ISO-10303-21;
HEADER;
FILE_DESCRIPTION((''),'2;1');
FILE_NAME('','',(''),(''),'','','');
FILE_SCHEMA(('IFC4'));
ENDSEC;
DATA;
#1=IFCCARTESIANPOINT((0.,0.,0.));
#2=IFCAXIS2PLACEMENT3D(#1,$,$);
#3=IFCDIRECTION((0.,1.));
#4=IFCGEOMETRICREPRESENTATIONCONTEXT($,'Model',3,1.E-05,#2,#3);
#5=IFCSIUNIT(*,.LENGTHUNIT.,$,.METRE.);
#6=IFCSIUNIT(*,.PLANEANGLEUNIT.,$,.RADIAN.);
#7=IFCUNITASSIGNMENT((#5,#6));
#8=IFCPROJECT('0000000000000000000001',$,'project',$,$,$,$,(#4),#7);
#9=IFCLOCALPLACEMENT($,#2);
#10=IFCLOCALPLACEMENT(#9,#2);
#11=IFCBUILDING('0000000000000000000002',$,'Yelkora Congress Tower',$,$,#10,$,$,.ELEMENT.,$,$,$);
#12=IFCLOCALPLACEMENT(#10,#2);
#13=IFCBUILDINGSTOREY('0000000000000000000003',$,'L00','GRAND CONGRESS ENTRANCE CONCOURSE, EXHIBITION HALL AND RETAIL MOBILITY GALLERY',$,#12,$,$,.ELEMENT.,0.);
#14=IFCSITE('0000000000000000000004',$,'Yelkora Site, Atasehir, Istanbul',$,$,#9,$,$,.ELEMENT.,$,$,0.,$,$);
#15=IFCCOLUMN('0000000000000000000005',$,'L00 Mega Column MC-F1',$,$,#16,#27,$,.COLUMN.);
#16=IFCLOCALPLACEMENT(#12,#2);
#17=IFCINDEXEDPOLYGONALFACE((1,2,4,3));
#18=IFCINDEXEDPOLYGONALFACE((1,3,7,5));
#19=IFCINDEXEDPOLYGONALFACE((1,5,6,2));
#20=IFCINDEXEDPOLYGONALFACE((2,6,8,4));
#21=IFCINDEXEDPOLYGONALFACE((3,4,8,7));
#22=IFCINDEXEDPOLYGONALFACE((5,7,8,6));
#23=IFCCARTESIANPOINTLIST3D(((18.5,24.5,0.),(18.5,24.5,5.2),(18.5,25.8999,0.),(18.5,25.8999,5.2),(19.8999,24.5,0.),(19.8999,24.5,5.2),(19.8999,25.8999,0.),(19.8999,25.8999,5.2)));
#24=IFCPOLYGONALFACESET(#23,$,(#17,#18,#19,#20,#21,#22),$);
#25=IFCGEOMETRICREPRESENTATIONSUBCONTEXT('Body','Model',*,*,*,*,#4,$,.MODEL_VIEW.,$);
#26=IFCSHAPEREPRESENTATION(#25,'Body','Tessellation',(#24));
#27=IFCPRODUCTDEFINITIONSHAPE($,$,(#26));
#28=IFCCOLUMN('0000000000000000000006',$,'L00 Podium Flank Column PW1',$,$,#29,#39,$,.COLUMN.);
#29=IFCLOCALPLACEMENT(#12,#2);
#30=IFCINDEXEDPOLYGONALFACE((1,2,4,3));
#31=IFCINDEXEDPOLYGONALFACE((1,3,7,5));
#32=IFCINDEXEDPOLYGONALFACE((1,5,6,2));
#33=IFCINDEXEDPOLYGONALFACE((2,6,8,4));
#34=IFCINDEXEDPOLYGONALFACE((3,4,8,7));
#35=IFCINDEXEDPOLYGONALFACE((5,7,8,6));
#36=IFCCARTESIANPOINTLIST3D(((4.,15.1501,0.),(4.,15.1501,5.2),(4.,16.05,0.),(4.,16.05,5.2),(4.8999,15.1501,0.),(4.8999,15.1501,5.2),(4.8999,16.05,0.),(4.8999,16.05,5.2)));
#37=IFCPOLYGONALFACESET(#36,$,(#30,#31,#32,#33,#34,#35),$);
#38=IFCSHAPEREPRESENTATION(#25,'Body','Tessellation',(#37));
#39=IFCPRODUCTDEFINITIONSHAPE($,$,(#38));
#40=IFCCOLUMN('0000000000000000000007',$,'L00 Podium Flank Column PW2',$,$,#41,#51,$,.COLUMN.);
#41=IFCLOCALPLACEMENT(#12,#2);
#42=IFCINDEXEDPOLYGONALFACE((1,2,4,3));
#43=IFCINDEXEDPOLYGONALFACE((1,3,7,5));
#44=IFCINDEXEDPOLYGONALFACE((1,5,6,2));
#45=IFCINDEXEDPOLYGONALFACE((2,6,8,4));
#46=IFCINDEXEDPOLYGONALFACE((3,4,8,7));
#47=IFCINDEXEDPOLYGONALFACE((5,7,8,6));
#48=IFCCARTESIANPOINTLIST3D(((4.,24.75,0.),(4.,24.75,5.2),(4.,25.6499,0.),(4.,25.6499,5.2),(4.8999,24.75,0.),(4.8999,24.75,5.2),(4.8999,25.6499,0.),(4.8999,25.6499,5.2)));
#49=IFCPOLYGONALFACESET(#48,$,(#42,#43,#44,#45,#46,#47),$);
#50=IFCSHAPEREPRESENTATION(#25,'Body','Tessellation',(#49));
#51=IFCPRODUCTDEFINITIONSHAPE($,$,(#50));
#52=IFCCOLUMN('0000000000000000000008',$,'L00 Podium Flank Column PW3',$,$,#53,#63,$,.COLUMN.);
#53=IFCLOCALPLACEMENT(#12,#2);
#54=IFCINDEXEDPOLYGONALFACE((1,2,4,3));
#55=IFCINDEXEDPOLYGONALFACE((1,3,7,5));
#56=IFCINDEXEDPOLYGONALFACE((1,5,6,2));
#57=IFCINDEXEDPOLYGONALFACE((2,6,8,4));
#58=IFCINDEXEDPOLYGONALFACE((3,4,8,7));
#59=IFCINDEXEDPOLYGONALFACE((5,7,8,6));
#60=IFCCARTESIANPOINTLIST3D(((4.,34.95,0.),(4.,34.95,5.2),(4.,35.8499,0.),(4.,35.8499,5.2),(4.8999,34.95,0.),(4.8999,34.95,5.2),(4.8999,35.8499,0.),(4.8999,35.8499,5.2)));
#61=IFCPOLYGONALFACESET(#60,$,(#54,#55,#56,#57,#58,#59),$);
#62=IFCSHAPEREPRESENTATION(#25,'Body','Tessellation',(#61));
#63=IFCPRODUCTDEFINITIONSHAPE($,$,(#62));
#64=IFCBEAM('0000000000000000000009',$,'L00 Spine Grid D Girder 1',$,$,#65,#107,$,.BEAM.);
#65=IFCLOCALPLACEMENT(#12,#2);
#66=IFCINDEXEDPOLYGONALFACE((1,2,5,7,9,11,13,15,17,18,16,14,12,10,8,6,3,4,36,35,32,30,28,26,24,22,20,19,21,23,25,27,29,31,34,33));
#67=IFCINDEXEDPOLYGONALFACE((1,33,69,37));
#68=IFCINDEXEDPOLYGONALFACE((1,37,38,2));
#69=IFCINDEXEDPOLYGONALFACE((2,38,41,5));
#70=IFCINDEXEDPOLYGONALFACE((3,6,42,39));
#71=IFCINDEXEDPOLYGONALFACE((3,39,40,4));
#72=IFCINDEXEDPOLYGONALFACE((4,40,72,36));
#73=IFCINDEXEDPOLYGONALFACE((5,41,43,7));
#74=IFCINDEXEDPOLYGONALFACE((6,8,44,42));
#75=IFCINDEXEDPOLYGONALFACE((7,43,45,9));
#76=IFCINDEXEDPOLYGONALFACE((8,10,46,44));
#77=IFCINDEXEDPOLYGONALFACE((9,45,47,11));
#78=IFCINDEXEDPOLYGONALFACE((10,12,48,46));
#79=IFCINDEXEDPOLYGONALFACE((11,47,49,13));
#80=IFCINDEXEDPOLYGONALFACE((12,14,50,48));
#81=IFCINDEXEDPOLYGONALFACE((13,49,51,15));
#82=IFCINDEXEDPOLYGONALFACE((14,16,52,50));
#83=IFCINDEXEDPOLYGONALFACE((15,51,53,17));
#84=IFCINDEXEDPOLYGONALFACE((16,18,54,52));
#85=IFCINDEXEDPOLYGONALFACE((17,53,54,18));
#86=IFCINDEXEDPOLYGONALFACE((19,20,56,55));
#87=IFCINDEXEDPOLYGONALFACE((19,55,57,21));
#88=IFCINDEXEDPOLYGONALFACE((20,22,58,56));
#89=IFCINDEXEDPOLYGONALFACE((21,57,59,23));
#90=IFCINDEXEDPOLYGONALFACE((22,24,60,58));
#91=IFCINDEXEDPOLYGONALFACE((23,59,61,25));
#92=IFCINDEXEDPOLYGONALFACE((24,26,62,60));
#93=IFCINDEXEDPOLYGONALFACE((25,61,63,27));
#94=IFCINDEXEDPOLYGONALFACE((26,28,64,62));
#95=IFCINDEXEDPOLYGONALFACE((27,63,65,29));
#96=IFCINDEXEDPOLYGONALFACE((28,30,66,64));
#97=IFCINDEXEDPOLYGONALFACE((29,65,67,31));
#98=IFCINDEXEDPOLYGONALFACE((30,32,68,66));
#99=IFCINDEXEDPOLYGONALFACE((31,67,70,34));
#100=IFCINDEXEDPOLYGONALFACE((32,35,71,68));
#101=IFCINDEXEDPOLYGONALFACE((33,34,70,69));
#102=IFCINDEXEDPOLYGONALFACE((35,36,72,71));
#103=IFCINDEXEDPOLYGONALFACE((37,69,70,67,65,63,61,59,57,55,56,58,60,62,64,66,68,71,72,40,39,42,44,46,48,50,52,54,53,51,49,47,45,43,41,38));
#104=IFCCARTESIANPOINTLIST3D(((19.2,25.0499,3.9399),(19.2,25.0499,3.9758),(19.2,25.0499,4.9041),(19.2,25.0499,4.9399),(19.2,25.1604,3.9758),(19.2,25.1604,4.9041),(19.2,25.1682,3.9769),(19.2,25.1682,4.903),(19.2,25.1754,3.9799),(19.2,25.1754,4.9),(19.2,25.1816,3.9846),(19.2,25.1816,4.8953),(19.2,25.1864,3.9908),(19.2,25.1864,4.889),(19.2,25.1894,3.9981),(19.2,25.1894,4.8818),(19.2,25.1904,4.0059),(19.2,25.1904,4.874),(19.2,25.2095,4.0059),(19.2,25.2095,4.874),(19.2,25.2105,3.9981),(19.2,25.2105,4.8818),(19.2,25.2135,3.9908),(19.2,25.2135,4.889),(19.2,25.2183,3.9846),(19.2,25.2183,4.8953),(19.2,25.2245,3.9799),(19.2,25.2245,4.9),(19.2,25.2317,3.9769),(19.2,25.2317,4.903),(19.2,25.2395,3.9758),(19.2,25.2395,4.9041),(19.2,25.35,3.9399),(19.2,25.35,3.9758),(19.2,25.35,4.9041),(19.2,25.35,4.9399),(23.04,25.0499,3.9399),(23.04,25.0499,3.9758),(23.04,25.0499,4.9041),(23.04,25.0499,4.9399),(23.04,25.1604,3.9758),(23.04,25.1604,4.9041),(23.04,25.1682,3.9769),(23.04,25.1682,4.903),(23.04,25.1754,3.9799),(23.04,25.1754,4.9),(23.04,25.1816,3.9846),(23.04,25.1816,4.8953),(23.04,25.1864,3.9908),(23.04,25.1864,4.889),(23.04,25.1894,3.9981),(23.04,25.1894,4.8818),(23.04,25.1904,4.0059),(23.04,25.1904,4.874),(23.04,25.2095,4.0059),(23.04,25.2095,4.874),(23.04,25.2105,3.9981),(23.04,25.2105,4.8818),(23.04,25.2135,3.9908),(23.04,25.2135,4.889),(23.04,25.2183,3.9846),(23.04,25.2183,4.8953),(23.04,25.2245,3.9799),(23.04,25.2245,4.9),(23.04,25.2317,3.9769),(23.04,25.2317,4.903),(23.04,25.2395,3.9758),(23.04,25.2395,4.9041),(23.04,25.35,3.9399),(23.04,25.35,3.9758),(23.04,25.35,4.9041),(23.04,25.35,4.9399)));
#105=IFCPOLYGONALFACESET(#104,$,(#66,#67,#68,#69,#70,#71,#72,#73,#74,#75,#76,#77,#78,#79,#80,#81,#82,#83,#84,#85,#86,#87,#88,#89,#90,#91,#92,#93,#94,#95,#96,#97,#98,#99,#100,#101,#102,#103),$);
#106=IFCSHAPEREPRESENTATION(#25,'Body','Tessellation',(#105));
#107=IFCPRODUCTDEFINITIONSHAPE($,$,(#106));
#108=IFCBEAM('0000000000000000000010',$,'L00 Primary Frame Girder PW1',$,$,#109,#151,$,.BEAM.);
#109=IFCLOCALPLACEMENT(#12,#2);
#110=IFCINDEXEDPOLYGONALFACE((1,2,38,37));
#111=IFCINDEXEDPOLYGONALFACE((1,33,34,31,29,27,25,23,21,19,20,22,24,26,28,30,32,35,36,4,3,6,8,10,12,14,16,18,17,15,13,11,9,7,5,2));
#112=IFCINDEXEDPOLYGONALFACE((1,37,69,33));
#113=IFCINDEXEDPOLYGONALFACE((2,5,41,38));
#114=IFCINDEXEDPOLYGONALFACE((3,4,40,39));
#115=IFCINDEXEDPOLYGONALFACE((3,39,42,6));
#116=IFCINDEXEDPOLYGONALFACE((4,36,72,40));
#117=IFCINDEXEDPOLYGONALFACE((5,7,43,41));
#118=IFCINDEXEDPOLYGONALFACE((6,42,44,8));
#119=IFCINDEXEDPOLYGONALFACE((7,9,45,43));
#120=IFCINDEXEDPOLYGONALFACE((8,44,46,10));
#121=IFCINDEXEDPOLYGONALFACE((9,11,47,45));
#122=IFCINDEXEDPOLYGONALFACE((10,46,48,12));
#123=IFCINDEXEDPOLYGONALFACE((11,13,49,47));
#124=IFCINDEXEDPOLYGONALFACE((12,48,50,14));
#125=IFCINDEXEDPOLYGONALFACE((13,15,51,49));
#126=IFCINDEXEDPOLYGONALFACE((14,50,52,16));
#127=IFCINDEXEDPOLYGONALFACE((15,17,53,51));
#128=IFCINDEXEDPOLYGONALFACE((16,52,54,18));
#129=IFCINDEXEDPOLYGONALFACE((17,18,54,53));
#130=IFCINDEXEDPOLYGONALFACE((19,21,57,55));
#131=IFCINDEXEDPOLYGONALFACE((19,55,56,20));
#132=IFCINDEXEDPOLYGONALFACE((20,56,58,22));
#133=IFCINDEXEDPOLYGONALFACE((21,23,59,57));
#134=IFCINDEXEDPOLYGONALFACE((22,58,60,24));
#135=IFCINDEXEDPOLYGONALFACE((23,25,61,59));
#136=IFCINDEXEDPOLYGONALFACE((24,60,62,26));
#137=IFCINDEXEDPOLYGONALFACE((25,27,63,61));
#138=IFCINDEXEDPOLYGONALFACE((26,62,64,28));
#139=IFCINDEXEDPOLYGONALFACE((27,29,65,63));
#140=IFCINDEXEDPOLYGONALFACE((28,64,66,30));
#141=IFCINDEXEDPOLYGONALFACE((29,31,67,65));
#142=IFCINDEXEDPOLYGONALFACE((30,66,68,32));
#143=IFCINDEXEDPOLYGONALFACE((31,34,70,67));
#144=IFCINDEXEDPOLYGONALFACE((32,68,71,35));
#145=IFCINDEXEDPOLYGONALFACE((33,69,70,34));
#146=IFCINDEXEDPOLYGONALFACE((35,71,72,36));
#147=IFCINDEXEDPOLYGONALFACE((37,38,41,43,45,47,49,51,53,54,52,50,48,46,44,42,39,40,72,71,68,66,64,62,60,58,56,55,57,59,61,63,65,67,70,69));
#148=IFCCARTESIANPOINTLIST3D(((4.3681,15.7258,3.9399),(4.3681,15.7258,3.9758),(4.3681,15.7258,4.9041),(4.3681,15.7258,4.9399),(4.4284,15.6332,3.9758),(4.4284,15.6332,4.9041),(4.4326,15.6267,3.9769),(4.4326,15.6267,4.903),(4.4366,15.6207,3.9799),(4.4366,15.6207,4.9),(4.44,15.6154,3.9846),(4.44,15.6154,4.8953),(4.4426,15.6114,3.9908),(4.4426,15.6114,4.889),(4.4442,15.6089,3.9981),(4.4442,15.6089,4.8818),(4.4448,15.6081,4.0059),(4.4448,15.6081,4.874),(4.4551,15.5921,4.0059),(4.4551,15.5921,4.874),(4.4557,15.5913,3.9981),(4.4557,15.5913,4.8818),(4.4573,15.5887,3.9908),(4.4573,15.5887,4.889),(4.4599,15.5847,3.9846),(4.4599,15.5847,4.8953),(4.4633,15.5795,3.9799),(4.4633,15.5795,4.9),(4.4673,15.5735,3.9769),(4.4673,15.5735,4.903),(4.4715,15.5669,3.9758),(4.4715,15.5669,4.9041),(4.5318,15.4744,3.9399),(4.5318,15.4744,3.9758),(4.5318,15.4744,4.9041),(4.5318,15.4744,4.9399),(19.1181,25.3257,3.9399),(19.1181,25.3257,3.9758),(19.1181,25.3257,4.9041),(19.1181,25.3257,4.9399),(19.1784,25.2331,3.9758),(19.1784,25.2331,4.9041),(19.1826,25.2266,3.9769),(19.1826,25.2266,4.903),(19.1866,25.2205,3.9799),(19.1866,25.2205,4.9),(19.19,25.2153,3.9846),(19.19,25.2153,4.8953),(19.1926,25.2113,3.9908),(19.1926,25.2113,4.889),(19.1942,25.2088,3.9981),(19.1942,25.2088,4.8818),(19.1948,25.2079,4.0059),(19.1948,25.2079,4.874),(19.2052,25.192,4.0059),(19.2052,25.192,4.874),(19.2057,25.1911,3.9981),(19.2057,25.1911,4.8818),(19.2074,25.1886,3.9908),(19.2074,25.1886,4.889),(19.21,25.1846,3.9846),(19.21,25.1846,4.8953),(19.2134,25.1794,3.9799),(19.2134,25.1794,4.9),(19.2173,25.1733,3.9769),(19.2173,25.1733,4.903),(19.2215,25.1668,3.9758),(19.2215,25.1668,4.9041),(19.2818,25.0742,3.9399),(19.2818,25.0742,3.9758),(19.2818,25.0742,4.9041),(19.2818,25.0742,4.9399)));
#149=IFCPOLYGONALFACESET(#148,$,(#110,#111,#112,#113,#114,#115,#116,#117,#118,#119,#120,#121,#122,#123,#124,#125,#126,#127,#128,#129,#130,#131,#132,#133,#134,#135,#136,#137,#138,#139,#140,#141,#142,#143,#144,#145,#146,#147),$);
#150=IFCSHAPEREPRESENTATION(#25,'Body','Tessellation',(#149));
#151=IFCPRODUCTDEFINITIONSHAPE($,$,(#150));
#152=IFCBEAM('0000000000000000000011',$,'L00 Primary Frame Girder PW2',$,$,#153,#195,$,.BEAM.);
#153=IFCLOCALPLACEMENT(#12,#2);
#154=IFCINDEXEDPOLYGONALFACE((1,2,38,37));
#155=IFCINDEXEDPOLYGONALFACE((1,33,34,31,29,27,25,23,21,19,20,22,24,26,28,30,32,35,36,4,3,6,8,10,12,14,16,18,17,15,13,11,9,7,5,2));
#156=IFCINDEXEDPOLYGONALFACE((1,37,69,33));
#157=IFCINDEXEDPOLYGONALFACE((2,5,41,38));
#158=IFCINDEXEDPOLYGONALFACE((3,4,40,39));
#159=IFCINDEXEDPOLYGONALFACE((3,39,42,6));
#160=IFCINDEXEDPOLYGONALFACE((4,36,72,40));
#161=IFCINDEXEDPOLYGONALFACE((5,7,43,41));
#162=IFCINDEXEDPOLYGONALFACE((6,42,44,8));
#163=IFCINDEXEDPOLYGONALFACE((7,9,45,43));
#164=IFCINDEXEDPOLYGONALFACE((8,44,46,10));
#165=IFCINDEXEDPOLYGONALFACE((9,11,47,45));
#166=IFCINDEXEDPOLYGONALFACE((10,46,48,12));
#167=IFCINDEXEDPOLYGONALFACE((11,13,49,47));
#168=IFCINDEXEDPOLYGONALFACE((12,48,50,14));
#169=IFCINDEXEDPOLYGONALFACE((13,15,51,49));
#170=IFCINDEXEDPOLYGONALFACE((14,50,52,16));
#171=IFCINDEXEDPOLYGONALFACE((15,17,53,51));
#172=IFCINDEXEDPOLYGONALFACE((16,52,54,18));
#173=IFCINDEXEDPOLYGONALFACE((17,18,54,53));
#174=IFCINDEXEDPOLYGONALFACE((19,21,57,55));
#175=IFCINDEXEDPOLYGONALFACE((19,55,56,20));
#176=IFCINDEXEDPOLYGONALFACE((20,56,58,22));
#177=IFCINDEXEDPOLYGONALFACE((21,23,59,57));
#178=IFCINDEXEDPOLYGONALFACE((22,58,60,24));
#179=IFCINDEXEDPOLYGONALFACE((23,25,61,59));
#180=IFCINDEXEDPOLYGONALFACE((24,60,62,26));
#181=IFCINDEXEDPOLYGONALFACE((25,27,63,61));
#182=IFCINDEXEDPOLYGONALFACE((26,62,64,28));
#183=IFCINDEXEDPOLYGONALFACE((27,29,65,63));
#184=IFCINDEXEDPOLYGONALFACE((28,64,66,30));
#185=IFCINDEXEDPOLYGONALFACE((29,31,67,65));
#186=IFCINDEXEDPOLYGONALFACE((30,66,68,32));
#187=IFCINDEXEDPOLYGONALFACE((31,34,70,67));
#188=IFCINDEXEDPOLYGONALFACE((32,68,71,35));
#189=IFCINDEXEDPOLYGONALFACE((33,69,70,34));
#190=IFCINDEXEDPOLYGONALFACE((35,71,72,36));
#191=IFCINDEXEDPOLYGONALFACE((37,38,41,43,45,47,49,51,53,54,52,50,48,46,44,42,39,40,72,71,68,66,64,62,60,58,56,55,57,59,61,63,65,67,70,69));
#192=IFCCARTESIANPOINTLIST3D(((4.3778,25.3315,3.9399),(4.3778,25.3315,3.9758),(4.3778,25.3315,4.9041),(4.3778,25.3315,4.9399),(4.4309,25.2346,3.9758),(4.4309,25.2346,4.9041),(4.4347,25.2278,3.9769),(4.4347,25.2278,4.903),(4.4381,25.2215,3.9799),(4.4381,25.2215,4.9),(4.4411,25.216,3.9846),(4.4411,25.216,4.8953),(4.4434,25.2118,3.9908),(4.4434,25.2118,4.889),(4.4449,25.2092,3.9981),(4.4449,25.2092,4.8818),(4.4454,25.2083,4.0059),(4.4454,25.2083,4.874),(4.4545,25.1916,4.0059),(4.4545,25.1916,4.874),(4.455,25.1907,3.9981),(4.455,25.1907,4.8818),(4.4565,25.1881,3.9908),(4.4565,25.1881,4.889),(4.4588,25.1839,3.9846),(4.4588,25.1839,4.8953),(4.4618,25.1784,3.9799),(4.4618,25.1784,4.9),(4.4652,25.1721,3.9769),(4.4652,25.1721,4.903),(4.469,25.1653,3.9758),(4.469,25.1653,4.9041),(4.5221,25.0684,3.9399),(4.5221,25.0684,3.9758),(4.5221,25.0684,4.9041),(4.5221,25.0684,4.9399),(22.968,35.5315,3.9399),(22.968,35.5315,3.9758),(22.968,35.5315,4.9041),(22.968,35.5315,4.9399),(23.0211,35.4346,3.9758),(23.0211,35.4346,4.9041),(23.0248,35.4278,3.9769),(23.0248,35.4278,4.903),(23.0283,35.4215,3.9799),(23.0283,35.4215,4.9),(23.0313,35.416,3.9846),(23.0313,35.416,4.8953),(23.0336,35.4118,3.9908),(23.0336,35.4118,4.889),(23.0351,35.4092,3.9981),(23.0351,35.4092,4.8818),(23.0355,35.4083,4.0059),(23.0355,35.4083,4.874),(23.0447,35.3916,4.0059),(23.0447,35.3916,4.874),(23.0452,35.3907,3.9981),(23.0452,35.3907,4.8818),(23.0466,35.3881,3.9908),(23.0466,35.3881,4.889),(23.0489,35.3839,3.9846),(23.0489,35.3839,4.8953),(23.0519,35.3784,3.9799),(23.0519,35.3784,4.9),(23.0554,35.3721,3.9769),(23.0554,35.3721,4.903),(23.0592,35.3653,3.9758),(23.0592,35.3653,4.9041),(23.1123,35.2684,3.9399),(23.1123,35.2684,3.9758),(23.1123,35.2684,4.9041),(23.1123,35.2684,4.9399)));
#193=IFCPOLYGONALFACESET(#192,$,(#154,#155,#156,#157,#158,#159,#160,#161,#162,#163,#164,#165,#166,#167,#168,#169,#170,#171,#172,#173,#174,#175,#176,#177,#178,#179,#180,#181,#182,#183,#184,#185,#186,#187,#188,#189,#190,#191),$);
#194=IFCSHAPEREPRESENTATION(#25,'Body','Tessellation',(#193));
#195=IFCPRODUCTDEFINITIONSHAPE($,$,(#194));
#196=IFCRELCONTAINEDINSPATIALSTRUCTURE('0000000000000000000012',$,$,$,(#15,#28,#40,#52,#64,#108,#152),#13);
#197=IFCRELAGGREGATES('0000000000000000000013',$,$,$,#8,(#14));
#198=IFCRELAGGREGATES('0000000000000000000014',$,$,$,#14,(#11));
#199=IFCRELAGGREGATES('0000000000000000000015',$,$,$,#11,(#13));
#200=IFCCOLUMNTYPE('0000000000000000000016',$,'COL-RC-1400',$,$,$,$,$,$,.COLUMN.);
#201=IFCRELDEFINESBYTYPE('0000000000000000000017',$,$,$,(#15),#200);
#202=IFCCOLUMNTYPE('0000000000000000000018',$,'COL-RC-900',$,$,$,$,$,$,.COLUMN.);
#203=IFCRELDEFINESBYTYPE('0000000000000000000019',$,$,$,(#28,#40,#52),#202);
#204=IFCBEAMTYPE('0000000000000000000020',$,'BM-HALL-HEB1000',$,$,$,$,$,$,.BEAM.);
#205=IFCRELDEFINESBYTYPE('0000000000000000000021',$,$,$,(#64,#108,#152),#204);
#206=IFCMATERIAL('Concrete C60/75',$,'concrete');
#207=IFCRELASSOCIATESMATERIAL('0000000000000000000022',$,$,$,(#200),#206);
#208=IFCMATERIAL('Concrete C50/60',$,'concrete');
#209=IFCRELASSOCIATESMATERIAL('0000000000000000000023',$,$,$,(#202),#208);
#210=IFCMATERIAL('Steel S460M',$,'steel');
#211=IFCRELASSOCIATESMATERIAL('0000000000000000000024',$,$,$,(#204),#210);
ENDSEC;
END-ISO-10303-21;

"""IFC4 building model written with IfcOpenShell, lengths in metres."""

from ifc_helpers import new_model, si_unit, direction, frame, origin, origin_2d, place, context, subcontext, project, spatial, rectangle, i_section, extrude, material, material_profile, profile_set, type_object, element, save


model = new_model("IFC4")

# Units and contexts
model_context = context("Model", 3, precision=1e-05, world=origin(), true_north=direction((0.0, 1.0)))
body_context = subcontext(model_context, "Body", "Model", "MODEL_VIEW")
ifc_project = project(units=[si_unit("LENGTHUNIT", "METRE"), si_unit("PLANEANGLEUNIT", "RADIAN")], contexts=[model_context])

# Site, building, storey
site_placement = place(None, origin())
site = spatial("IfcSite", under=ifc_project, at=site_placement, Name="Yelkora Site, Atasehir, Istanbul", CompositionType="ELEMENT", RefElevation=0.0)
building_placement = place(site_placement, origin())
building = spatial("IfcBuilding", under=site, at=building_placement, Name="Yelkora Congress Tower", CompositionType="ELEMENT")
storey_placement = place(building_placement, origin())
storey = spatial("IfcBuildingStorey", under=building, at=storey_placement, Name="L00", Description="GRAND CONGRESS ENTRANCE CONCOURSE, EXHIBITION HALL AND RETAIL MOBILITY GALLERY", CompositionType="ELEMENT", Elevation=0.0)

# Columns
ifc_material_1 = material(Name="Concrete C60/75", Category="concrete")
ifc_material_profile_1 = material_profile(ifc_material_1, rectangle(XDim=1.3999, YDim=1.3999, at=origin_2d()), Name="RC 1400x1400")
ifc_profile_set_1 = profile_set([ifc_material_profile_1], Name="Concrete C60/75")
column_type_1 = type_object("IfcColumnType", Name="COL-RC-1400", PredefinedType="COLUMN", material=ifc_profile_set_1)
column_placement = place(storey_placement, frame((19.2, 25.2, 0.0), z_axis=(0.0, 0.0, 1.0), x_axis=(1.0, 0.0, 0.0)))
element("IfcColumn", 1, at=column_placement, inside=storey, type_object=column_type_1, Name="L00 Mega Column MC-F1", PredefinedType="COLUMN", context=body_context, shape_type="SweptSolid", body=[
    extrude(rectangle(XDim=1.3999, YDim=1.3999, at=origin_2d()), origin(), (0.0, 0.0, 1.0), 5.2),
])
ifc_material_2 = material(Name="Concrete C50/60", Category="concrete")
ifc_material_profile_2 = material_profile(ifc_material_2, rectangle(XDim=0.8999, YDim=0.8999, at=origin_2d()), Name="RC 900x900")
ifc_profile_set_2 = profile_set([ifc_material_profile_2], Name="Concrete C50/60")
column_type_2 = type_object("IfcColumnType", Name="COL-RC-900", PredefinedType="COLUMN", material=ifc_profile_set_2)
for number, where, z_axis, x_axis, name in (
    (2, (4.45, 15.6001, 0.0), (0.0, 0.0, 1.0), (1.0, 0.0, 0.0), "L00 Podium Flank Column PW1"),
    (3, (4.45, 25.2, 0.0), (0.0, 0.0, 1.0), (1.0, 0.0, 0.0), "L00 Podium Flank Column PW2"),
    (4, (4.45, 35.3999, 0.0), (0.0, 0.0, 1.0), (1.0, 0.0, 0.0), "L00 Podium Flank Column PW3"),
):
    element("IfcColumn", number, at=place(storey_placement, frame(where, z_axis=z_axis, x_axis=x_axis)), inside=storey, type_object=column_type_2, Name=name, PredefinedType="COLUMN", context=body_context, shape_type="SweptSolid", body=[
        extrude(rectangle(XDim=0.8999, YDim=0.8999, at=origin_2d()), origin(), (0.0, 0.0, 1.0), 5.2),
    ])

# Beams
ifc_material_3 = material(Name="Steel S460M", Category="steel")
ifc_material_profile_3 = material_profile(ifc_material_3, i_section(OverallWidth=0.3, OverallDepth=1.0, WebThickness=0.019, FlangeThickness=0.0359, FilletRadius=0.03, at=origin_2d()), Name="HEB 1000")
ifc_profile_set_3 = profile_set([ifc_material_profile_3], Name="Steel S460M")
beam_type_1 = type_object("IfcBeamType", Name="BM-HALL-HEB1000", PredefinedType="BEAM", material=ifc_profile_set_3)
beam_1_placement = place(storey_placement, frame((19.2, 25.2, 4.4399), z_axis=(1.0, 0.0, 0.0), x_axis=(0.0, 1.0, 0.0)))
element("IfcBeam", 5, at=beam_1_placement, inside=storey, type_object=beam_type_1, Name="L00 Spine Grid D Girder 1", PredefinedType="BEAM", context=body_context, shape_type="SweptSolid", body=[
    extrude(i_section(OverallWidth=0.3, OverallDepth=1.0, WebThickness=0.019, FlangeThickness=0.0359, FilletRadius=0.03, at=origin_2d()), origin(), (0.0, 0.0, 1.0), 3.8401),
])
beam_2_placement = place(storey_placement, frame((4.45, 15.6001, 4.4399), z_axis=(0.838123, 0.545482, 0.0), x_axis=(-0.545482, 0.838123, 0.0)))
element("IfcBeam", 6, at=beam_2_placement, inside=storey, type_object=beam_type_1, Name="L00 Primary Frame Girder PW1", PredefinedType="BEAM", context=body_context, shape_type="SweptSolid", body=[
    extrude(i_section(OverallWidth=0.3, OverallDepth=1.0, WebThickness=0.019, FlangeThickness=0.0359, FilletRadius=0.03, at=origin_2d()), origin(), (0.0, 0.0, 1.0), 17.5989),
])
beam_3_placement = place(storey_placement, frame((4.45, 25.2, 4.4399), z_axis=(0.876705, 0.481028, 0.0), x_axis=(-0.481028, 0.876705, 0.0)))
element("IfcBeam", 7, at=beam_3_placement, inside=storey, type_object=beam_type_1, Name="L00 Primary Frame Girder PW2", PredefinedType="BEAM", context=body_context, shape_type="SweptSolid", body=[
    extrude(i_section(OverallWidth=0.3, OverallDepth=1.0, WebThickness=0.019, FlangeThickness=0.0359, FilletRadius=0.03, at=origin_2d()), origin(), (0.0, 0.0, 1.0), 21.2046),
])

save(model, "model.ifc")
